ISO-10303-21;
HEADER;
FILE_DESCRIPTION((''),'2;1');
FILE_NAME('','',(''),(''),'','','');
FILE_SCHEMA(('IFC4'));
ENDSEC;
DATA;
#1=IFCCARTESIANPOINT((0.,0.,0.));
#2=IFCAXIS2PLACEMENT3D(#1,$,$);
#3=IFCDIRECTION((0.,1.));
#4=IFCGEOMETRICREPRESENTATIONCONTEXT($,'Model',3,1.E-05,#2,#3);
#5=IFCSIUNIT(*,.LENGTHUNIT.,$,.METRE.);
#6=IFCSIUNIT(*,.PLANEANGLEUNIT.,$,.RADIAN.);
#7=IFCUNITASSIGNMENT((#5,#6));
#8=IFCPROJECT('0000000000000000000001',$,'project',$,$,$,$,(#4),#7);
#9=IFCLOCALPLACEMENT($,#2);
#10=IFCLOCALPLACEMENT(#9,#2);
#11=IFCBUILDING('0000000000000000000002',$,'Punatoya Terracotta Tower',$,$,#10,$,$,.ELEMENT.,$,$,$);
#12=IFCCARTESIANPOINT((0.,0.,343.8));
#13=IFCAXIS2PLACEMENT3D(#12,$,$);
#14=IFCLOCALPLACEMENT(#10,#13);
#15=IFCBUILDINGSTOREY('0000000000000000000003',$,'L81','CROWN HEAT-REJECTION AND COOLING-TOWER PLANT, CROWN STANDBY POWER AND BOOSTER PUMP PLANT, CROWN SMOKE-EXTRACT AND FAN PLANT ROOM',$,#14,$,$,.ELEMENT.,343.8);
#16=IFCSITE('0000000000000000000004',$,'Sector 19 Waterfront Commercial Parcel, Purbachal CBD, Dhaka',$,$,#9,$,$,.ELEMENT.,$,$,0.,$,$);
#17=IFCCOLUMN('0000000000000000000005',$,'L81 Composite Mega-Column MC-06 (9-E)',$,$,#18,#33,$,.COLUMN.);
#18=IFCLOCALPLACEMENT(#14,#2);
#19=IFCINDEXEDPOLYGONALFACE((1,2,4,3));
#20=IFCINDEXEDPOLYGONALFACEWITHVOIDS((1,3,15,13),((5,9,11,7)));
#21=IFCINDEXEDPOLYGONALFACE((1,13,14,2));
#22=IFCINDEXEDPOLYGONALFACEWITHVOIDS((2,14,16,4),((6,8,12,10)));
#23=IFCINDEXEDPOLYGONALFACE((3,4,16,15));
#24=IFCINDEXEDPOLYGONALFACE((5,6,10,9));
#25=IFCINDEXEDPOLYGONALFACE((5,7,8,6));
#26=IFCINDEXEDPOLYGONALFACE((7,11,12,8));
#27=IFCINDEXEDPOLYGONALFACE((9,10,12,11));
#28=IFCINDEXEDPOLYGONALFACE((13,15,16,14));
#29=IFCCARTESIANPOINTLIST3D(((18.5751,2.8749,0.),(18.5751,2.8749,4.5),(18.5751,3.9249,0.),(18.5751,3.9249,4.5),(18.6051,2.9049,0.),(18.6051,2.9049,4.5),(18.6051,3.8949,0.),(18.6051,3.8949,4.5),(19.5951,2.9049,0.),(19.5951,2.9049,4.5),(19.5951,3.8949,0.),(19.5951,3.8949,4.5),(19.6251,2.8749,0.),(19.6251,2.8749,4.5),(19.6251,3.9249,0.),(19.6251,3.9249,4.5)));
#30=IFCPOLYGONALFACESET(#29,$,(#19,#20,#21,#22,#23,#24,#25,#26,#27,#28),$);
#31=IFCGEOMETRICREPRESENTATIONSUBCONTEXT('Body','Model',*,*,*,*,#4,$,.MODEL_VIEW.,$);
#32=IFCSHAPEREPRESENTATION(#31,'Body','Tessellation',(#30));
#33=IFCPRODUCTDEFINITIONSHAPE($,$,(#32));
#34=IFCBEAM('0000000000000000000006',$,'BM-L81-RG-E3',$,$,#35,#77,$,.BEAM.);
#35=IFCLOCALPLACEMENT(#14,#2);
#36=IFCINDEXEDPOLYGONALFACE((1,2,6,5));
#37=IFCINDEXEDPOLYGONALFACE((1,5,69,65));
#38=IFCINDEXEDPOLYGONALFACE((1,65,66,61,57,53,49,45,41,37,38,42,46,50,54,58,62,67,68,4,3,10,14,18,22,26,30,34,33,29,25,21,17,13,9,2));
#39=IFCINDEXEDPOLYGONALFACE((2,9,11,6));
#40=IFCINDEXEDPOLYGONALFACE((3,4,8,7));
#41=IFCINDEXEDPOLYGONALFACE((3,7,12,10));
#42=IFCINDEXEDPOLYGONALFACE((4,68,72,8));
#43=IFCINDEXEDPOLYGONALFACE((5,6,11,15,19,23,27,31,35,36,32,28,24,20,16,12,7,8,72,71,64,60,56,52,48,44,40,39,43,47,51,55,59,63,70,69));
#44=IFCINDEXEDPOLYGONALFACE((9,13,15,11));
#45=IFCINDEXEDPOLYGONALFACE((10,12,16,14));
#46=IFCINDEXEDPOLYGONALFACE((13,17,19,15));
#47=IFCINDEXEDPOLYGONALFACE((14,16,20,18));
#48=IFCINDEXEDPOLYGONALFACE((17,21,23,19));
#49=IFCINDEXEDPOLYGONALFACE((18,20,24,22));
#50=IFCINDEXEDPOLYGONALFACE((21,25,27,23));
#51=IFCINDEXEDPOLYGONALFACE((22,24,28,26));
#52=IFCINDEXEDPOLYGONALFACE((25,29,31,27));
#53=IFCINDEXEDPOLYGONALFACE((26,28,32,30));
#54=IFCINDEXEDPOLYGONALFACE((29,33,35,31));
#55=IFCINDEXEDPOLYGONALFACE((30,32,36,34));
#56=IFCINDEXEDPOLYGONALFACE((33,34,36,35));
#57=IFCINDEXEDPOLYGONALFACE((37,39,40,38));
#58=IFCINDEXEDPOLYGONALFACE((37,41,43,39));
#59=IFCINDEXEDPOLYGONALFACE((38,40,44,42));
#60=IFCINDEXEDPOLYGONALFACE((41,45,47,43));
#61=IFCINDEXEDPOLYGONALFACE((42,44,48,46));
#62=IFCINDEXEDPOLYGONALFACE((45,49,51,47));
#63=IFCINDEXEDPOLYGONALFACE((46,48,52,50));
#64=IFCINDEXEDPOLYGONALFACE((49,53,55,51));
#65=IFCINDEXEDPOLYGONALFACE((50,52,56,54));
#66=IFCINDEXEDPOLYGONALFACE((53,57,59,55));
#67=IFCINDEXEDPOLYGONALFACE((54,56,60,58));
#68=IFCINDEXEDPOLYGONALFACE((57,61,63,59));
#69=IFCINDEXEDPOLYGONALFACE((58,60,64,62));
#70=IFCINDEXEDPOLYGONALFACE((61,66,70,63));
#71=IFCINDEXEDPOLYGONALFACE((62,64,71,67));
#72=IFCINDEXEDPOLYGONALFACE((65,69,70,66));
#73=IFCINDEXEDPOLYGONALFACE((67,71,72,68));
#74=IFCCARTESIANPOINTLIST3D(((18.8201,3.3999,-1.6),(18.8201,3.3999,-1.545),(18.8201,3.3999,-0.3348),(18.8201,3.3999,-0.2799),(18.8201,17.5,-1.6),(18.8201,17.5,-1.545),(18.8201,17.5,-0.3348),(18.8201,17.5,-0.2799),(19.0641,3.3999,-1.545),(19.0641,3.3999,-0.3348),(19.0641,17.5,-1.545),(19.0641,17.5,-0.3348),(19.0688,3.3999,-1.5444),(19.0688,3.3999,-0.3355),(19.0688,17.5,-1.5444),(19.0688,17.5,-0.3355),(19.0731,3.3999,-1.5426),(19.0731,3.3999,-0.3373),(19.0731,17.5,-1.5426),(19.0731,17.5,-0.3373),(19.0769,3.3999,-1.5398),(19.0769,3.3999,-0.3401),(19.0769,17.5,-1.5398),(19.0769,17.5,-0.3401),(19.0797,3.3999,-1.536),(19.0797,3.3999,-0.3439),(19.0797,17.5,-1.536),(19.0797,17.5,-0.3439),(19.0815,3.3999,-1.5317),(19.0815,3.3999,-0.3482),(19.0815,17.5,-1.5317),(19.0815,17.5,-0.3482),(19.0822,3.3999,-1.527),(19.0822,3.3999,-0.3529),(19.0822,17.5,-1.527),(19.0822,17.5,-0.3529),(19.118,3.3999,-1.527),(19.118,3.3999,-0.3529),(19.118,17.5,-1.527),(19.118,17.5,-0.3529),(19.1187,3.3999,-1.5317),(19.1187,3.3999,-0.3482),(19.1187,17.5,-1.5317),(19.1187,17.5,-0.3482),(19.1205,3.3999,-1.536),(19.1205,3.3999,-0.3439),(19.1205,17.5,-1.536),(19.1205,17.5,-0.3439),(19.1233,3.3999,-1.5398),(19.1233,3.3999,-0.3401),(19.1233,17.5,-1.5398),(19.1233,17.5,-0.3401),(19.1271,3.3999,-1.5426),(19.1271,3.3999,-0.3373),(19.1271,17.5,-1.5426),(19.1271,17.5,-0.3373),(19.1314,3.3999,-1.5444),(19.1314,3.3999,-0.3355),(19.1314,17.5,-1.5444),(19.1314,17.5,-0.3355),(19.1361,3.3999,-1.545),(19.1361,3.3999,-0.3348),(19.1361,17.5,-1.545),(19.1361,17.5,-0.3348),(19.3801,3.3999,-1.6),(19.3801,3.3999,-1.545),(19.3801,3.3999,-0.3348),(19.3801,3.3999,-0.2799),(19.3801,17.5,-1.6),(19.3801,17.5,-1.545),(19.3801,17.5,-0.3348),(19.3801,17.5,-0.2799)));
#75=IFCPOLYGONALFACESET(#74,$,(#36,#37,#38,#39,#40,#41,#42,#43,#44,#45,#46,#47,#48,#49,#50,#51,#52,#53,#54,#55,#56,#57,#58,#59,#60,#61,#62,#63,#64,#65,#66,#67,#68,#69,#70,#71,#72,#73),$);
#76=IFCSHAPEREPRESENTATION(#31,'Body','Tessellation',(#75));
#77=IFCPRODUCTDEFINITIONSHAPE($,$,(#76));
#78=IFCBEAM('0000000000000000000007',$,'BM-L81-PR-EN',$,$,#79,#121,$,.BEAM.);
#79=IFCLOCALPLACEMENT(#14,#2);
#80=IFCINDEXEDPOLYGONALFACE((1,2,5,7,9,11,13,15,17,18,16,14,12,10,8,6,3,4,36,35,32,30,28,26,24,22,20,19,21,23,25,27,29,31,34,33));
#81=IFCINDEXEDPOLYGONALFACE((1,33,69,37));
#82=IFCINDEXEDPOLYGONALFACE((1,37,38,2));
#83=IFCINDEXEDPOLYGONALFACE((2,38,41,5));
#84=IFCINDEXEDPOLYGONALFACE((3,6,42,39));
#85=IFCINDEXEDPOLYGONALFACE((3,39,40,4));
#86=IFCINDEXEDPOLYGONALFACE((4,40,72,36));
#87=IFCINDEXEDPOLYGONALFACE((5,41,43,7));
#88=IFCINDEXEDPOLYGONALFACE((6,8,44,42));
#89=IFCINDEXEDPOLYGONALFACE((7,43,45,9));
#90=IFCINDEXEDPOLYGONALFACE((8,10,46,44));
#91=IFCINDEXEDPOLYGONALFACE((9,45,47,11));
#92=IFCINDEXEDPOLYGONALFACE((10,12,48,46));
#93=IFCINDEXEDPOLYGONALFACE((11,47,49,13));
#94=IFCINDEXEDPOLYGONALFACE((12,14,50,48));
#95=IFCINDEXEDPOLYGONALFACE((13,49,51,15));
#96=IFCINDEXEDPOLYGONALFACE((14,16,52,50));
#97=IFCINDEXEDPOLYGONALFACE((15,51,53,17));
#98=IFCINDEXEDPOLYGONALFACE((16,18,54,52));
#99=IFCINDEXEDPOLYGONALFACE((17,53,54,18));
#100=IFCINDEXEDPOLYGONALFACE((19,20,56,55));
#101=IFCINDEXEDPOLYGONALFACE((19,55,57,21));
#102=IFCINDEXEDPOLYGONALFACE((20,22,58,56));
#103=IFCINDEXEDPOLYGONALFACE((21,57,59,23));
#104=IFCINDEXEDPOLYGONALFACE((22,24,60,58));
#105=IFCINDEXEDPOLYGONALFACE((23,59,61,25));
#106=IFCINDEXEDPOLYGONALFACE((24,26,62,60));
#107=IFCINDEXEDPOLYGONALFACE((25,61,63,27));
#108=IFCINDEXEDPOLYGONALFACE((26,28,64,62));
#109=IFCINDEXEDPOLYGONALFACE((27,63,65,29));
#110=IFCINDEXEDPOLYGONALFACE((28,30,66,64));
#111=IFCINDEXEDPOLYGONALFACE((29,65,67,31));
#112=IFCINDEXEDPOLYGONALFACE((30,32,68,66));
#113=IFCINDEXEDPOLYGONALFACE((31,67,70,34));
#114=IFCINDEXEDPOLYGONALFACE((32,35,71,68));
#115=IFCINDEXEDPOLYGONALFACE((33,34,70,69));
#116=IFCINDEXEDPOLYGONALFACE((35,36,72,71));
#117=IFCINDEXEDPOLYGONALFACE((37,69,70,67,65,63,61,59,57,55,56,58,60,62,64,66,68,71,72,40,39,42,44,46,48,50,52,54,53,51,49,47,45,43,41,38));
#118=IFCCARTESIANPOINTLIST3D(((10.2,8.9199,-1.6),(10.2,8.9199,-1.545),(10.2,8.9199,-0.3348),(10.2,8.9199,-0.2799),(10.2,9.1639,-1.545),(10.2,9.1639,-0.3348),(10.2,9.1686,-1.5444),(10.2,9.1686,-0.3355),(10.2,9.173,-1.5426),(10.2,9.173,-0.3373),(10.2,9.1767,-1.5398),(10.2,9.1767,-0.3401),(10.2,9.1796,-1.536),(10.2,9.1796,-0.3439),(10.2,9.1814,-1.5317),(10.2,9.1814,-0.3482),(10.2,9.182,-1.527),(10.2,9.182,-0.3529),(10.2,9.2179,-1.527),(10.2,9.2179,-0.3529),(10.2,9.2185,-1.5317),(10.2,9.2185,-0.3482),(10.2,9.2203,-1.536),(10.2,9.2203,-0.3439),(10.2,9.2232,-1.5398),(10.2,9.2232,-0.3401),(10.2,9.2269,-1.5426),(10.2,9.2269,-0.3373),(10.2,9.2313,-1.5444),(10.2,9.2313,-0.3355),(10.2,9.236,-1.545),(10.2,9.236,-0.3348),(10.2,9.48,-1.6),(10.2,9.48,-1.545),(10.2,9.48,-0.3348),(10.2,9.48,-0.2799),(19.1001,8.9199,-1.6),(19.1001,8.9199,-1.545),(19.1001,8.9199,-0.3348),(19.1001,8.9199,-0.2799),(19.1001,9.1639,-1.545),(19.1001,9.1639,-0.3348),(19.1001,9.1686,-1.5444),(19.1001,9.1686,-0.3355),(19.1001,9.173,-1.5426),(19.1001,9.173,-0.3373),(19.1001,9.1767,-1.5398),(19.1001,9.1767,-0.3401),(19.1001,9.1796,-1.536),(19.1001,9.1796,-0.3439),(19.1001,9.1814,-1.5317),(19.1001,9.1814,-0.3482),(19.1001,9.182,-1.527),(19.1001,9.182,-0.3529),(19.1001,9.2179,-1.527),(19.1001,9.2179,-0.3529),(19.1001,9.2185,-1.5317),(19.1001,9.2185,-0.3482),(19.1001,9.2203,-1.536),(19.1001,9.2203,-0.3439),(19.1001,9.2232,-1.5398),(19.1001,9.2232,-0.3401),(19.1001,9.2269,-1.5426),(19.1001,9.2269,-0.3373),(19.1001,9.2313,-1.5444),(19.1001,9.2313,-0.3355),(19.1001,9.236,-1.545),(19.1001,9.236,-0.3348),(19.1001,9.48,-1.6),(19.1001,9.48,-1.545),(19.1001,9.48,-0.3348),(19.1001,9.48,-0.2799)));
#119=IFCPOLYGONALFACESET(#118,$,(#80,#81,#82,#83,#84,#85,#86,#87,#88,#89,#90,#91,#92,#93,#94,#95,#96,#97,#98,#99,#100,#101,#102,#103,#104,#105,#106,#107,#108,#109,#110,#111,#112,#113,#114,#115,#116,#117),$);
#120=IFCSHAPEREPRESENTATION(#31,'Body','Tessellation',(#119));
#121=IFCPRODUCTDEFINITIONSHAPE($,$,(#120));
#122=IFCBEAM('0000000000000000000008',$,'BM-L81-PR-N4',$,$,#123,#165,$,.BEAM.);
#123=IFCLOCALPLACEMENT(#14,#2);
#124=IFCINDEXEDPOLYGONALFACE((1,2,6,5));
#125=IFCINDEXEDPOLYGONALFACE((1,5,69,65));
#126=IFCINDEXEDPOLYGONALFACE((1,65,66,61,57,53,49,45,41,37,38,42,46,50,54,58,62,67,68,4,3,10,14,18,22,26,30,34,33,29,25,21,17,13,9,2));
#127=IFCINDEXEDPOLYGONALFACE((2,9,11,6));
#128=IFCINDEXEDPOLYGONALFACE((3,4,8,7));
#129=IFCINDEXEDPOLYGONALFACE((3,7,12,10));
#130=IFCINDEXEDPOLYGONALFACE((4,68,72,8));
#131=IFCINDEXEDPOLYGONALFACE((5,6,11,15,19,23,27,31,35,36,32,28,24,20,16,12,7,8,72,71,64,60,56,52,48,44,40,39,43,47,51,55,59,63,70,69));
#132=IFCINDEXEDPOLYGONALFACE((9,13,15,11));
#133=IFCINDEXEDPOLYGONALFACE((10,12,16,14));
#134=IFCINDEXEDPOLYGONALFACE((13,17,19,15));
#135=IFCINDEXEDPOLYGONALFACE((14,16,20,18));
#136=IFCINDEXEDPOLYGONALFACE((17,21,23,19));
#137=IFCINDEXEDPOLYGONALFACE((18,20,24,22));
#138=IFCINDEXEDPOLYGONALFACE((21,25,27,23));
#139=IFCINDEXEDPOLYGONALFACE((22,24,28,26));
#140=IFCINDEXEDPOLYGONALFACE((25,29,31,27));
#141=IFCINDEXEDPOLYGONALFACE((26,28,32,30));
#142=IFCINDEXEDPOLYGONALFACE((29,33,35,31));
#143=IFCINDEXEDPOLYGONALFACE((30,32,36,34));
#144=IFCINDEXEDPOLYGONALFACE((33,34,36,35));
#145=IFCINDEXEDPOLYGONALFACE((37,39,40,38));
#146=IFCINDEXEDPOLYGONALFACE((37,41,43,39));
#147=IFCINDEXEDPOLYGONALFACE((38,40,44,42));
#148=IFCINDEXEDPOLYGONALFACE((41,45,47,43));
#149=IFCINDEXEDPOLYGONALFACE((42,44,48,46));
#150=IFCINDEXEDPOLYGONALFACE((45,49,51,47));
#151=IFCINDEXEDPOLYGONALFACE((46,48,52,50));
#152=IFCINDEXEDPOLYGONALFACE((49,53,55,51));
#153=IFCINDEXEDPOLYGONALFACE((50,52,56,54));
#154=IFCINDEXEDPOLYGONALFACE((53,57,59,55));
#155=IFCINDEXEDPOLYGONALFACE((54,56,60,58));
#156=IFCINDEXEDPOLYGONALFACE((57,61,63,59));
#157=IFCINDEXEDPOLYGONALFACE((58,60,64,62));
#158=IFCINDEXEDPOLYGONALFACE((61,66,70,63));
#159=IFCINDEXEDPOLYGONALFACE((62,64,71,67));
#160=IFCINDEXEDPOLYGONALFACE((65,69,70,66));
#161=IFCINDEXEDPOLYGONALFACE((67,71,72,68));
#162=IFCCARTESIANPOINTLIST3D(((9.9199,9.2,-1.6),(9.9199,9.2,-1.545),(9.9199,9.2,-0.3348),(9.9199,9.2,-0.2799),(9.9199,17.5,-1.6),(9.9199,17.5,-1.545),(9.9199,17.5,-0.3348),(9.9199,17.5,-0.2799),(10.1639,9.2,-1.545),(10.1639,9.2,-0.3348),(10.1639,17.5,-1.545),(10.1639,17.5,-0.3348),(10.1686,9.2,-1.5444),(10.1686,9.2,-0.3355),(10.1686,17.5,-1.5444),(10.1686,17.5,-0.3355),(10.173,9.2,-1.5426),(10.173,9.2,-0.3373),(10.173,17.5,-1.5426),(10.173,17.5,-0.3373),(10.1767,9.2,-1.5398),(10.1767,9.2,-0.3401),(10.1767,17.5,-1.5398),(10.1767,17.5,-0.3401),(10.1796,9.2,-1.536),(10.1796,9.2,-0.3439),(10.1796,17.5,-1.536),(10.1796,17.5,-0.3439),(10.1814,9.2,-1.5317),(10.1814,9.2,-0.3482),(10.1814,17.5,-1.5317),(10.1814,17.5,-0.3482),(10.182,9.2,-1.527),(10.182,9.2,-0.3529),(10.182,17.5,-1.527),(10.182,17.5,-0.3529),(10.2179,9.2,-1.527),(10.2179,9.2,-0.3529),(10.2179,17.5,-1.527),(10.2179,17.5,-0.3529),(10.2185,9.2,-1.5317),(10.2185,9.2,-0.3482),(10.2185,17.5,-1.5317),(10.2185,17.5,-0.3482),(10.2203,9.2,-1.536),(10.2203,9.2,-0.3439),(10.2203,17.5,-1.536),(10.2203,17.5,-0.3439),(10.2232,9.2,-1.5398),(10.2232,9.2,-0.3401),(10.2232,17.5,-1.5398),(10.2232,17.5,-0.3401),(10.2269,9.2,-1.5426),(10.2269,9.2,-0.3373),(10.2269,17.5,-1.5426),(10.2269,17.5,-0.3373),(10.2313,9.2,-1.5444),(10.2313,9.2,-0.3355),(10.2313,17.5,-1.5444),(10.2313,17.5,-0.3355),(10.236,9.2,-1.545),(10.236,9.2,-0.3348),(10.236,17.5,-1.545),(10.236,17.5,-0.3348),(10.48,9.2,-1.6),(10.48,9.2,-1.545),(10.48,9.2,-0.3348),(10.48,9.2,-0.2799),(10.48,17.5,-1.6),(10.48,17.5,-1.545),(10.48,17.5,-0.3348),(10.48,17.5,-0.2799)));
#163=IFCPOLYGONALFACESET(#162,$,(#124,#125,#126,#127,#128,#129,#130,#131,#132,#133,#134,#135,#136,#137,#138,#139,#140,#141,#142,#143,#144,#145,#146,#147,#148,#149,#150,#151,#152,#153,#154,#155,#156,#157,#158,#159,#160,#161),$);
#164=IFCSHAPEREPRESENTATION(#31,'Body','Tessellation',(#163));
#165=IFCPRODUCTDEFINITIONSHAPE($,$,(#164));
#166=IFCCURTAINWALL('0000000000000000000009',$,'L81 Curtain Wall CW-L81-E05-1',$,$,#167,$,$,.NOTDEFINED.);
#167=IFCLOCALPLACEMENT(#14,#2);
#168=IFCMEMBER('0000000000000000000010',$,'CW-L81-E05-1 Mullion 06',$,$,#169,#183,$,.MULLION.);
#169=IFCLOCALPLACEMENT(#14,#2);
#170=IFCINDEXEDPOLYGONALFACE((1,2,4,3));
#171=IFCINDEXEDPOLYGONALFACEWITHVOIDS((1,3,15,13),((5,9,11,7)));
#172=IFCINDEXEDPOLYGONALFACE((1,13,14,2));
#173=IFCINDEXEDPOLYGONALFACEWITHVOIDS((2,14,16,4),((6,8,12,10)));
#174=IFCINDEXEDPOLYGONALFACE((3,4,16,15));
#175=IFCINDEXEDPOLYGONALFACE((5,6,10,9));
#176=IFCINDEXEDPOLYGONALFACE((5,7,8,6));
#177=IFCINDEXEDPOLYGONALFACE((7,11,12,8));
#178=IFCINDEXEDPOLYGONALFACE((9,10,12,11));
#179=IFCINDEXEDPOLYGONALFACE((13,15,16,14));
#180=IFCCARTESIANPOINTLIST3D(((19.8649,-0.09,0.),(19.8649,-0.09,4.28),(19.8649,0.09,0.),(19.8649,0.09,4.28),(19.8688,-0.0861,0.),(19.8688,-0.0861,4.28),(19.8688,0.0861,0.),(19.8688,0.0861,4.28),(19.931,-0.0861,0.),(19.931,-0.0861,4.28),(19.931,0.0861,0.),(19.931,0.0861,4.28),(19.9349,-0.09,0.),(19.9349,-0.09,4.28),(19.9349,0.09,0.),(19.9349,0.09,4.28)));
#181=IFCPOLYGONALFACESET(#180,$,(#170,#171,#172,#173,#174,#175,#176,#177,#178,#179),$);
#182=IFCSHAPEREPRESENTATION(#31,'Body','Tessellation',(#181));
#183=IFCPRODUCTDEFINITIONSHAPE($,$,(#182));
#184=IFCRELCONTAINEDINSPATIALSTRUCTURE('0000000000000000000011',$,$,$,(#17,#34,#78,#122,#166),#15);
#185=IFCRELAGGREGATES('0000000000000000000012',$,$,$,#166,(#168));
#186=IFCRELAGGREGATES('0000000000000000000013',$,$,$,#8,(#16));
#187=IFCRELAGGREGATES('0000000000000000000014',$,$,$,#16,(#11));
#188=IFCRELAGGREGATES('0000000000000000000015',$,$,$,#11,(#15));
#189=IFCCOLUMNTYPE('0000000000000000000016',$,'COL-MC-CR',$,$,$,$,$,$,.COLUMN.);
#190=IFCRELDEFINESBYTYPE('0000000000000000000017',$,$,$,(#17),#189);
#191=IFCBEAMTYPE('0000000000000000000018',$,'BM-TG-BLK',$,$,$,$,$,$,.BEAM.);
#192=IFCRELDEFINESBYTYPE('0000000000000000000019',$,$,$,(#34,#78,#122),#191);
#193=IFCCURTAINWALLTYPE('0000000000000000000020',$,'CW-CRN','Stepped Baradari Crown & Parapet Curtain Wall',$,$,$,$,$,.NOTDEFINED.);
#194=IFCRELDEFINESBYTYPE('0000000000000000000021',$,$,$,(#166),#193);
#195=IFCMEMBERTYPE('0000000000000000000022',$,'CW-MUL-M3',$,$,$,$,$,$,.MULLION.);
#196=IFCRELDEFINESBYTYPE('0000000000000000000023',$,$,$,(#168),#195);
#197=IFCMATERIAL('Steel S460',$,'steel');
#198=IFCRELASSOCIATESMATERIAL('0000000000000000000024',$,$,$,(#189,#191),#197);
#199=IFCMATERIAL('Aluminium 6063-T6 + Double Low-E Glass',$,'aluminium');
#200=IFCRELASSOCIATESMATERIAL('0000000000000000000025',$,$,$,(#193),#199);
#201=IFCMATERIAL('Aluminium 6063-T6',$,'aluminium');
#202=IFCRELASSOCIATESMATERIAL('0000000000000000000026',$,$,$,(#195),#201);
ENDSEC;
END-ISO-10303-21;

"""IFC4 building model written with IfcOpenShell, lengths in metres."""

from ifc_helpers import new_model, si_unit, direction, frame, origin, origin_2d, place, context, subcontext, project, spatial, hollow_rectangle, i_section, extrude, material, material_profile, profile_set, type_object, element, aggregate, save


model = new_model("IFC4")

# Units and contexts
model_context = context("Model", 3, precision=1e-05, world=origin(), true_north=direction((0.0, 1.0)))
body_context = subcontext(model_context, "Body", "Model", "MODEL_VIEW")
ifc_project = project(units=[si_unit("LENGTHUNIT", "METRE"), si_unit("PLANEANGLEUNIT", "RADIAN")], contexts=[model_context])

# Site, building, storey
site_placement = place(None, origin())
site = spatial("IfcSite", under=ifc_project, at=site_placement, Name="Sector 19 Waterfront Commercial Parcel, Purbachal CBD, Dhaka", CompositionType="ELEMENT", RefElevation=0.0)
building_placement = place(site_placement, origin())
building = spatial("IfcBuilding", under=site, at=building_placement, Name="Punatoya Terracotta Tower", CompositionType="ELEMENT")
storey_placement = place(building_placement, frame((0.0, 0.0, 343.8)))
storey = spatial("IfcBuildingStorey", under=building, at=storey_placement, Name="L81", Description="CROWN HEAT-REJECTION AND COOLING-TOWER PLANT, CROWN STANDBY POWER AND BOOSTER PUMP PLANT, CROWN SMOKE-EXTRACT AND FAN PLANT ROOM", CompositionType="ELEMENT", Elevation=343.8)

# Column
ifc_material_1 = material(Name="Steel S460", Category="steel")
ifc_material_profile_1 = material_profile(ifc_material_1, hollow_rectangle(XDim=1.05, YDim=1.05, WallThickness=0.03, at=origin_2d()))
ifc_profile_set_1 = profile_set([ifc_material_profile_1], Name="Steel S460")
column_type = type_object("IfcColumnType", Name="COL-MC-CR", PredefinedType="COLUMN", material=ifc_profile_set_1)
column_placement = place(storey_placement, frame((19.1001, 3.3999, 0.0), z_axis=(0.0, 0.0, 1.0), x_axis=(1.0, 0.0, 0.0)))
element("IfcColumn", 1, at=column_placement, inside=storey, type_object=column_type, Name="L81 Composite Mega-Column MC-06 (9-E)", PredefinedType="COLUMN", context=body_context, shape_type="SweptSolid", body=[
    extrude(hollow_rectangle(XDim=1.05, YDim=1.05, WallThickness=0.03, at=origin_2d()), origin(), (0.0, 0.0, 1.0), 4.5),
])

# Beams
ifc_material_profile_2 = material_profile(ifc_material_1, i_section(OverallWidth=0.5601, OverallDepth=1.3201, WebThickness=0.0359, FlangeThickness=0.0549, FilletRadius=0.0181, at=origin_2d()))
ifc_profile_set_2 = profile_set([ifc_material_profile_2], Name="Steel S460")
beam_type = type_object("IfcBeamType", Name="BM-TG-BLK", PredefinedType="BEAM", material=ifc_profile_set_2)
beam_1_placement = place(storey_placement, frame((19.1001, 3.3999, -0.9399), z_axis=(0.0, 1.0, 0.0), x_axis=(-1.0, 0.0, 0.0)))
element("IfcBeam", 2, at=beam_1_placement, inside=storey, type_object=beam_type, Name="BM-L81-RG-E3", PredefinedType="BEAM", context=body_context, shape_type="SweptSolid", body=[
    extrude(i_section(OverallWidth=0.5601, OverallDepth=1.3201, WebThickness=0.0359, FlangeThickness=0.0549, FilletRadius=0.0181, at=origin_2d()), origin(), (0.0, 0.0, 1.0), 14.1001),
])
beam_2_placement = place(storey_placement, frame((10.2, 9.2, -0.9399), z_axis=(1.0, 0.0, 0.0), x_axis=(0.0, 1.0, 0.0)))
element("IfcBeam", 3, at=beam_2_placement, inside=storey, type_object=beam_type, Name="BM-L81-PR-EN", PredefinedType="BEAM", context=body_context, shape_type="SweptSolid", body=[
    extrude(i_section(OverallWidth=0.5601, OverallDepth=1.3201, WebThickness=0.0359, FlangeThickness=0.0549, FilletRadius=0.0181, at=origin_2d()), origin(), (0.0, 0.0, 1.0), 8.9001),
])
beam_3_placement = place(storey_placement, frame((10.2, 9.2, -0.9399), z_axis=(0.0, 1.0, 0.0), x_axis=(-1.0, 0.0, 0.0)))
element("IfcBeam", 4, at=beam_3_placement, inside=storey, type_object=beam_type, Name="BM-L81-PR-N4", PredefinedType="BEAM", context=body_context, shape_type="SweptSolid", body=[
    extrude(i_section(OverallWidth=0.5601, OverallDepth=1.3201, WebThickness=0.0359, FlangeThickness=0.0549, FilletRadius=0.0181, at=origin_2d()), origin(), (0.0, 0.0, 1.0), 8.3),
])

# Curtain wall, member
ifc_material_2 = material(Name="Aluminium 6063-T6 + Double Low-E Glass", Category="aluminium")
curtain_wall_type = type_object("IfcCurtainWallType", Name="CW-CRN", Description="Stepped Baradari Crown & Parapet Curtain Wall", PredefinedType="NOTDEFINED", material=ifc_material_2)
curtain_wall_placement = place(storey_placement, origin())
curtain_wall = element("IfcCurtainWall", 5, at=curtain_wall_placement, inside=storey, type_object=curtain_wall_type, Name="L81 Curtain Wall CW-L81-E05-1", PredefinedType="NOTDEFINED")
ifc_material_3 = material(Name="Aluminium 6063-T6", Category="aluminium")
ifc_material_profile_3 = material_profile(ifc_material_3, hollow_rectangle(XDim=0.0701, YDim=0.1799, WallThickness=0.0039, at=origin_2d()))
ifc_profile_set_3 = profile_set([ifc_material_profile_3], Name="Aluminium 6063-T6")
member_type = type_object("IfcMemberType", Name="CW-MUL-M3", PredefinedType="MULLION", material=ifc_profile_set_3)
member_1_placement = place(storey_placement, frame((19.8999, 0.0, 0.0), z_axis=(0.0, 0.0, 1.0), x_axis=(1.0, 0.0, 0.0)))
member_1 = element("IfcMember", 6, at=member_1_placement, type_object=member_type, Name="CW-L81-E05-1 Mullion 06", PredefinedType="MULLION", context=body_context, shape_type="SweptSolid", body=[
    extrude(hollow_rectangle(XDim=0.0701, YDim=0.1799, WallThickness=0.0039, at=origin_2d()), origin(), (0.0, 0.0, 1.0), 4.28),
])
aggregate(curtain_wall, [member_1])

save(model, "model.ifc")
